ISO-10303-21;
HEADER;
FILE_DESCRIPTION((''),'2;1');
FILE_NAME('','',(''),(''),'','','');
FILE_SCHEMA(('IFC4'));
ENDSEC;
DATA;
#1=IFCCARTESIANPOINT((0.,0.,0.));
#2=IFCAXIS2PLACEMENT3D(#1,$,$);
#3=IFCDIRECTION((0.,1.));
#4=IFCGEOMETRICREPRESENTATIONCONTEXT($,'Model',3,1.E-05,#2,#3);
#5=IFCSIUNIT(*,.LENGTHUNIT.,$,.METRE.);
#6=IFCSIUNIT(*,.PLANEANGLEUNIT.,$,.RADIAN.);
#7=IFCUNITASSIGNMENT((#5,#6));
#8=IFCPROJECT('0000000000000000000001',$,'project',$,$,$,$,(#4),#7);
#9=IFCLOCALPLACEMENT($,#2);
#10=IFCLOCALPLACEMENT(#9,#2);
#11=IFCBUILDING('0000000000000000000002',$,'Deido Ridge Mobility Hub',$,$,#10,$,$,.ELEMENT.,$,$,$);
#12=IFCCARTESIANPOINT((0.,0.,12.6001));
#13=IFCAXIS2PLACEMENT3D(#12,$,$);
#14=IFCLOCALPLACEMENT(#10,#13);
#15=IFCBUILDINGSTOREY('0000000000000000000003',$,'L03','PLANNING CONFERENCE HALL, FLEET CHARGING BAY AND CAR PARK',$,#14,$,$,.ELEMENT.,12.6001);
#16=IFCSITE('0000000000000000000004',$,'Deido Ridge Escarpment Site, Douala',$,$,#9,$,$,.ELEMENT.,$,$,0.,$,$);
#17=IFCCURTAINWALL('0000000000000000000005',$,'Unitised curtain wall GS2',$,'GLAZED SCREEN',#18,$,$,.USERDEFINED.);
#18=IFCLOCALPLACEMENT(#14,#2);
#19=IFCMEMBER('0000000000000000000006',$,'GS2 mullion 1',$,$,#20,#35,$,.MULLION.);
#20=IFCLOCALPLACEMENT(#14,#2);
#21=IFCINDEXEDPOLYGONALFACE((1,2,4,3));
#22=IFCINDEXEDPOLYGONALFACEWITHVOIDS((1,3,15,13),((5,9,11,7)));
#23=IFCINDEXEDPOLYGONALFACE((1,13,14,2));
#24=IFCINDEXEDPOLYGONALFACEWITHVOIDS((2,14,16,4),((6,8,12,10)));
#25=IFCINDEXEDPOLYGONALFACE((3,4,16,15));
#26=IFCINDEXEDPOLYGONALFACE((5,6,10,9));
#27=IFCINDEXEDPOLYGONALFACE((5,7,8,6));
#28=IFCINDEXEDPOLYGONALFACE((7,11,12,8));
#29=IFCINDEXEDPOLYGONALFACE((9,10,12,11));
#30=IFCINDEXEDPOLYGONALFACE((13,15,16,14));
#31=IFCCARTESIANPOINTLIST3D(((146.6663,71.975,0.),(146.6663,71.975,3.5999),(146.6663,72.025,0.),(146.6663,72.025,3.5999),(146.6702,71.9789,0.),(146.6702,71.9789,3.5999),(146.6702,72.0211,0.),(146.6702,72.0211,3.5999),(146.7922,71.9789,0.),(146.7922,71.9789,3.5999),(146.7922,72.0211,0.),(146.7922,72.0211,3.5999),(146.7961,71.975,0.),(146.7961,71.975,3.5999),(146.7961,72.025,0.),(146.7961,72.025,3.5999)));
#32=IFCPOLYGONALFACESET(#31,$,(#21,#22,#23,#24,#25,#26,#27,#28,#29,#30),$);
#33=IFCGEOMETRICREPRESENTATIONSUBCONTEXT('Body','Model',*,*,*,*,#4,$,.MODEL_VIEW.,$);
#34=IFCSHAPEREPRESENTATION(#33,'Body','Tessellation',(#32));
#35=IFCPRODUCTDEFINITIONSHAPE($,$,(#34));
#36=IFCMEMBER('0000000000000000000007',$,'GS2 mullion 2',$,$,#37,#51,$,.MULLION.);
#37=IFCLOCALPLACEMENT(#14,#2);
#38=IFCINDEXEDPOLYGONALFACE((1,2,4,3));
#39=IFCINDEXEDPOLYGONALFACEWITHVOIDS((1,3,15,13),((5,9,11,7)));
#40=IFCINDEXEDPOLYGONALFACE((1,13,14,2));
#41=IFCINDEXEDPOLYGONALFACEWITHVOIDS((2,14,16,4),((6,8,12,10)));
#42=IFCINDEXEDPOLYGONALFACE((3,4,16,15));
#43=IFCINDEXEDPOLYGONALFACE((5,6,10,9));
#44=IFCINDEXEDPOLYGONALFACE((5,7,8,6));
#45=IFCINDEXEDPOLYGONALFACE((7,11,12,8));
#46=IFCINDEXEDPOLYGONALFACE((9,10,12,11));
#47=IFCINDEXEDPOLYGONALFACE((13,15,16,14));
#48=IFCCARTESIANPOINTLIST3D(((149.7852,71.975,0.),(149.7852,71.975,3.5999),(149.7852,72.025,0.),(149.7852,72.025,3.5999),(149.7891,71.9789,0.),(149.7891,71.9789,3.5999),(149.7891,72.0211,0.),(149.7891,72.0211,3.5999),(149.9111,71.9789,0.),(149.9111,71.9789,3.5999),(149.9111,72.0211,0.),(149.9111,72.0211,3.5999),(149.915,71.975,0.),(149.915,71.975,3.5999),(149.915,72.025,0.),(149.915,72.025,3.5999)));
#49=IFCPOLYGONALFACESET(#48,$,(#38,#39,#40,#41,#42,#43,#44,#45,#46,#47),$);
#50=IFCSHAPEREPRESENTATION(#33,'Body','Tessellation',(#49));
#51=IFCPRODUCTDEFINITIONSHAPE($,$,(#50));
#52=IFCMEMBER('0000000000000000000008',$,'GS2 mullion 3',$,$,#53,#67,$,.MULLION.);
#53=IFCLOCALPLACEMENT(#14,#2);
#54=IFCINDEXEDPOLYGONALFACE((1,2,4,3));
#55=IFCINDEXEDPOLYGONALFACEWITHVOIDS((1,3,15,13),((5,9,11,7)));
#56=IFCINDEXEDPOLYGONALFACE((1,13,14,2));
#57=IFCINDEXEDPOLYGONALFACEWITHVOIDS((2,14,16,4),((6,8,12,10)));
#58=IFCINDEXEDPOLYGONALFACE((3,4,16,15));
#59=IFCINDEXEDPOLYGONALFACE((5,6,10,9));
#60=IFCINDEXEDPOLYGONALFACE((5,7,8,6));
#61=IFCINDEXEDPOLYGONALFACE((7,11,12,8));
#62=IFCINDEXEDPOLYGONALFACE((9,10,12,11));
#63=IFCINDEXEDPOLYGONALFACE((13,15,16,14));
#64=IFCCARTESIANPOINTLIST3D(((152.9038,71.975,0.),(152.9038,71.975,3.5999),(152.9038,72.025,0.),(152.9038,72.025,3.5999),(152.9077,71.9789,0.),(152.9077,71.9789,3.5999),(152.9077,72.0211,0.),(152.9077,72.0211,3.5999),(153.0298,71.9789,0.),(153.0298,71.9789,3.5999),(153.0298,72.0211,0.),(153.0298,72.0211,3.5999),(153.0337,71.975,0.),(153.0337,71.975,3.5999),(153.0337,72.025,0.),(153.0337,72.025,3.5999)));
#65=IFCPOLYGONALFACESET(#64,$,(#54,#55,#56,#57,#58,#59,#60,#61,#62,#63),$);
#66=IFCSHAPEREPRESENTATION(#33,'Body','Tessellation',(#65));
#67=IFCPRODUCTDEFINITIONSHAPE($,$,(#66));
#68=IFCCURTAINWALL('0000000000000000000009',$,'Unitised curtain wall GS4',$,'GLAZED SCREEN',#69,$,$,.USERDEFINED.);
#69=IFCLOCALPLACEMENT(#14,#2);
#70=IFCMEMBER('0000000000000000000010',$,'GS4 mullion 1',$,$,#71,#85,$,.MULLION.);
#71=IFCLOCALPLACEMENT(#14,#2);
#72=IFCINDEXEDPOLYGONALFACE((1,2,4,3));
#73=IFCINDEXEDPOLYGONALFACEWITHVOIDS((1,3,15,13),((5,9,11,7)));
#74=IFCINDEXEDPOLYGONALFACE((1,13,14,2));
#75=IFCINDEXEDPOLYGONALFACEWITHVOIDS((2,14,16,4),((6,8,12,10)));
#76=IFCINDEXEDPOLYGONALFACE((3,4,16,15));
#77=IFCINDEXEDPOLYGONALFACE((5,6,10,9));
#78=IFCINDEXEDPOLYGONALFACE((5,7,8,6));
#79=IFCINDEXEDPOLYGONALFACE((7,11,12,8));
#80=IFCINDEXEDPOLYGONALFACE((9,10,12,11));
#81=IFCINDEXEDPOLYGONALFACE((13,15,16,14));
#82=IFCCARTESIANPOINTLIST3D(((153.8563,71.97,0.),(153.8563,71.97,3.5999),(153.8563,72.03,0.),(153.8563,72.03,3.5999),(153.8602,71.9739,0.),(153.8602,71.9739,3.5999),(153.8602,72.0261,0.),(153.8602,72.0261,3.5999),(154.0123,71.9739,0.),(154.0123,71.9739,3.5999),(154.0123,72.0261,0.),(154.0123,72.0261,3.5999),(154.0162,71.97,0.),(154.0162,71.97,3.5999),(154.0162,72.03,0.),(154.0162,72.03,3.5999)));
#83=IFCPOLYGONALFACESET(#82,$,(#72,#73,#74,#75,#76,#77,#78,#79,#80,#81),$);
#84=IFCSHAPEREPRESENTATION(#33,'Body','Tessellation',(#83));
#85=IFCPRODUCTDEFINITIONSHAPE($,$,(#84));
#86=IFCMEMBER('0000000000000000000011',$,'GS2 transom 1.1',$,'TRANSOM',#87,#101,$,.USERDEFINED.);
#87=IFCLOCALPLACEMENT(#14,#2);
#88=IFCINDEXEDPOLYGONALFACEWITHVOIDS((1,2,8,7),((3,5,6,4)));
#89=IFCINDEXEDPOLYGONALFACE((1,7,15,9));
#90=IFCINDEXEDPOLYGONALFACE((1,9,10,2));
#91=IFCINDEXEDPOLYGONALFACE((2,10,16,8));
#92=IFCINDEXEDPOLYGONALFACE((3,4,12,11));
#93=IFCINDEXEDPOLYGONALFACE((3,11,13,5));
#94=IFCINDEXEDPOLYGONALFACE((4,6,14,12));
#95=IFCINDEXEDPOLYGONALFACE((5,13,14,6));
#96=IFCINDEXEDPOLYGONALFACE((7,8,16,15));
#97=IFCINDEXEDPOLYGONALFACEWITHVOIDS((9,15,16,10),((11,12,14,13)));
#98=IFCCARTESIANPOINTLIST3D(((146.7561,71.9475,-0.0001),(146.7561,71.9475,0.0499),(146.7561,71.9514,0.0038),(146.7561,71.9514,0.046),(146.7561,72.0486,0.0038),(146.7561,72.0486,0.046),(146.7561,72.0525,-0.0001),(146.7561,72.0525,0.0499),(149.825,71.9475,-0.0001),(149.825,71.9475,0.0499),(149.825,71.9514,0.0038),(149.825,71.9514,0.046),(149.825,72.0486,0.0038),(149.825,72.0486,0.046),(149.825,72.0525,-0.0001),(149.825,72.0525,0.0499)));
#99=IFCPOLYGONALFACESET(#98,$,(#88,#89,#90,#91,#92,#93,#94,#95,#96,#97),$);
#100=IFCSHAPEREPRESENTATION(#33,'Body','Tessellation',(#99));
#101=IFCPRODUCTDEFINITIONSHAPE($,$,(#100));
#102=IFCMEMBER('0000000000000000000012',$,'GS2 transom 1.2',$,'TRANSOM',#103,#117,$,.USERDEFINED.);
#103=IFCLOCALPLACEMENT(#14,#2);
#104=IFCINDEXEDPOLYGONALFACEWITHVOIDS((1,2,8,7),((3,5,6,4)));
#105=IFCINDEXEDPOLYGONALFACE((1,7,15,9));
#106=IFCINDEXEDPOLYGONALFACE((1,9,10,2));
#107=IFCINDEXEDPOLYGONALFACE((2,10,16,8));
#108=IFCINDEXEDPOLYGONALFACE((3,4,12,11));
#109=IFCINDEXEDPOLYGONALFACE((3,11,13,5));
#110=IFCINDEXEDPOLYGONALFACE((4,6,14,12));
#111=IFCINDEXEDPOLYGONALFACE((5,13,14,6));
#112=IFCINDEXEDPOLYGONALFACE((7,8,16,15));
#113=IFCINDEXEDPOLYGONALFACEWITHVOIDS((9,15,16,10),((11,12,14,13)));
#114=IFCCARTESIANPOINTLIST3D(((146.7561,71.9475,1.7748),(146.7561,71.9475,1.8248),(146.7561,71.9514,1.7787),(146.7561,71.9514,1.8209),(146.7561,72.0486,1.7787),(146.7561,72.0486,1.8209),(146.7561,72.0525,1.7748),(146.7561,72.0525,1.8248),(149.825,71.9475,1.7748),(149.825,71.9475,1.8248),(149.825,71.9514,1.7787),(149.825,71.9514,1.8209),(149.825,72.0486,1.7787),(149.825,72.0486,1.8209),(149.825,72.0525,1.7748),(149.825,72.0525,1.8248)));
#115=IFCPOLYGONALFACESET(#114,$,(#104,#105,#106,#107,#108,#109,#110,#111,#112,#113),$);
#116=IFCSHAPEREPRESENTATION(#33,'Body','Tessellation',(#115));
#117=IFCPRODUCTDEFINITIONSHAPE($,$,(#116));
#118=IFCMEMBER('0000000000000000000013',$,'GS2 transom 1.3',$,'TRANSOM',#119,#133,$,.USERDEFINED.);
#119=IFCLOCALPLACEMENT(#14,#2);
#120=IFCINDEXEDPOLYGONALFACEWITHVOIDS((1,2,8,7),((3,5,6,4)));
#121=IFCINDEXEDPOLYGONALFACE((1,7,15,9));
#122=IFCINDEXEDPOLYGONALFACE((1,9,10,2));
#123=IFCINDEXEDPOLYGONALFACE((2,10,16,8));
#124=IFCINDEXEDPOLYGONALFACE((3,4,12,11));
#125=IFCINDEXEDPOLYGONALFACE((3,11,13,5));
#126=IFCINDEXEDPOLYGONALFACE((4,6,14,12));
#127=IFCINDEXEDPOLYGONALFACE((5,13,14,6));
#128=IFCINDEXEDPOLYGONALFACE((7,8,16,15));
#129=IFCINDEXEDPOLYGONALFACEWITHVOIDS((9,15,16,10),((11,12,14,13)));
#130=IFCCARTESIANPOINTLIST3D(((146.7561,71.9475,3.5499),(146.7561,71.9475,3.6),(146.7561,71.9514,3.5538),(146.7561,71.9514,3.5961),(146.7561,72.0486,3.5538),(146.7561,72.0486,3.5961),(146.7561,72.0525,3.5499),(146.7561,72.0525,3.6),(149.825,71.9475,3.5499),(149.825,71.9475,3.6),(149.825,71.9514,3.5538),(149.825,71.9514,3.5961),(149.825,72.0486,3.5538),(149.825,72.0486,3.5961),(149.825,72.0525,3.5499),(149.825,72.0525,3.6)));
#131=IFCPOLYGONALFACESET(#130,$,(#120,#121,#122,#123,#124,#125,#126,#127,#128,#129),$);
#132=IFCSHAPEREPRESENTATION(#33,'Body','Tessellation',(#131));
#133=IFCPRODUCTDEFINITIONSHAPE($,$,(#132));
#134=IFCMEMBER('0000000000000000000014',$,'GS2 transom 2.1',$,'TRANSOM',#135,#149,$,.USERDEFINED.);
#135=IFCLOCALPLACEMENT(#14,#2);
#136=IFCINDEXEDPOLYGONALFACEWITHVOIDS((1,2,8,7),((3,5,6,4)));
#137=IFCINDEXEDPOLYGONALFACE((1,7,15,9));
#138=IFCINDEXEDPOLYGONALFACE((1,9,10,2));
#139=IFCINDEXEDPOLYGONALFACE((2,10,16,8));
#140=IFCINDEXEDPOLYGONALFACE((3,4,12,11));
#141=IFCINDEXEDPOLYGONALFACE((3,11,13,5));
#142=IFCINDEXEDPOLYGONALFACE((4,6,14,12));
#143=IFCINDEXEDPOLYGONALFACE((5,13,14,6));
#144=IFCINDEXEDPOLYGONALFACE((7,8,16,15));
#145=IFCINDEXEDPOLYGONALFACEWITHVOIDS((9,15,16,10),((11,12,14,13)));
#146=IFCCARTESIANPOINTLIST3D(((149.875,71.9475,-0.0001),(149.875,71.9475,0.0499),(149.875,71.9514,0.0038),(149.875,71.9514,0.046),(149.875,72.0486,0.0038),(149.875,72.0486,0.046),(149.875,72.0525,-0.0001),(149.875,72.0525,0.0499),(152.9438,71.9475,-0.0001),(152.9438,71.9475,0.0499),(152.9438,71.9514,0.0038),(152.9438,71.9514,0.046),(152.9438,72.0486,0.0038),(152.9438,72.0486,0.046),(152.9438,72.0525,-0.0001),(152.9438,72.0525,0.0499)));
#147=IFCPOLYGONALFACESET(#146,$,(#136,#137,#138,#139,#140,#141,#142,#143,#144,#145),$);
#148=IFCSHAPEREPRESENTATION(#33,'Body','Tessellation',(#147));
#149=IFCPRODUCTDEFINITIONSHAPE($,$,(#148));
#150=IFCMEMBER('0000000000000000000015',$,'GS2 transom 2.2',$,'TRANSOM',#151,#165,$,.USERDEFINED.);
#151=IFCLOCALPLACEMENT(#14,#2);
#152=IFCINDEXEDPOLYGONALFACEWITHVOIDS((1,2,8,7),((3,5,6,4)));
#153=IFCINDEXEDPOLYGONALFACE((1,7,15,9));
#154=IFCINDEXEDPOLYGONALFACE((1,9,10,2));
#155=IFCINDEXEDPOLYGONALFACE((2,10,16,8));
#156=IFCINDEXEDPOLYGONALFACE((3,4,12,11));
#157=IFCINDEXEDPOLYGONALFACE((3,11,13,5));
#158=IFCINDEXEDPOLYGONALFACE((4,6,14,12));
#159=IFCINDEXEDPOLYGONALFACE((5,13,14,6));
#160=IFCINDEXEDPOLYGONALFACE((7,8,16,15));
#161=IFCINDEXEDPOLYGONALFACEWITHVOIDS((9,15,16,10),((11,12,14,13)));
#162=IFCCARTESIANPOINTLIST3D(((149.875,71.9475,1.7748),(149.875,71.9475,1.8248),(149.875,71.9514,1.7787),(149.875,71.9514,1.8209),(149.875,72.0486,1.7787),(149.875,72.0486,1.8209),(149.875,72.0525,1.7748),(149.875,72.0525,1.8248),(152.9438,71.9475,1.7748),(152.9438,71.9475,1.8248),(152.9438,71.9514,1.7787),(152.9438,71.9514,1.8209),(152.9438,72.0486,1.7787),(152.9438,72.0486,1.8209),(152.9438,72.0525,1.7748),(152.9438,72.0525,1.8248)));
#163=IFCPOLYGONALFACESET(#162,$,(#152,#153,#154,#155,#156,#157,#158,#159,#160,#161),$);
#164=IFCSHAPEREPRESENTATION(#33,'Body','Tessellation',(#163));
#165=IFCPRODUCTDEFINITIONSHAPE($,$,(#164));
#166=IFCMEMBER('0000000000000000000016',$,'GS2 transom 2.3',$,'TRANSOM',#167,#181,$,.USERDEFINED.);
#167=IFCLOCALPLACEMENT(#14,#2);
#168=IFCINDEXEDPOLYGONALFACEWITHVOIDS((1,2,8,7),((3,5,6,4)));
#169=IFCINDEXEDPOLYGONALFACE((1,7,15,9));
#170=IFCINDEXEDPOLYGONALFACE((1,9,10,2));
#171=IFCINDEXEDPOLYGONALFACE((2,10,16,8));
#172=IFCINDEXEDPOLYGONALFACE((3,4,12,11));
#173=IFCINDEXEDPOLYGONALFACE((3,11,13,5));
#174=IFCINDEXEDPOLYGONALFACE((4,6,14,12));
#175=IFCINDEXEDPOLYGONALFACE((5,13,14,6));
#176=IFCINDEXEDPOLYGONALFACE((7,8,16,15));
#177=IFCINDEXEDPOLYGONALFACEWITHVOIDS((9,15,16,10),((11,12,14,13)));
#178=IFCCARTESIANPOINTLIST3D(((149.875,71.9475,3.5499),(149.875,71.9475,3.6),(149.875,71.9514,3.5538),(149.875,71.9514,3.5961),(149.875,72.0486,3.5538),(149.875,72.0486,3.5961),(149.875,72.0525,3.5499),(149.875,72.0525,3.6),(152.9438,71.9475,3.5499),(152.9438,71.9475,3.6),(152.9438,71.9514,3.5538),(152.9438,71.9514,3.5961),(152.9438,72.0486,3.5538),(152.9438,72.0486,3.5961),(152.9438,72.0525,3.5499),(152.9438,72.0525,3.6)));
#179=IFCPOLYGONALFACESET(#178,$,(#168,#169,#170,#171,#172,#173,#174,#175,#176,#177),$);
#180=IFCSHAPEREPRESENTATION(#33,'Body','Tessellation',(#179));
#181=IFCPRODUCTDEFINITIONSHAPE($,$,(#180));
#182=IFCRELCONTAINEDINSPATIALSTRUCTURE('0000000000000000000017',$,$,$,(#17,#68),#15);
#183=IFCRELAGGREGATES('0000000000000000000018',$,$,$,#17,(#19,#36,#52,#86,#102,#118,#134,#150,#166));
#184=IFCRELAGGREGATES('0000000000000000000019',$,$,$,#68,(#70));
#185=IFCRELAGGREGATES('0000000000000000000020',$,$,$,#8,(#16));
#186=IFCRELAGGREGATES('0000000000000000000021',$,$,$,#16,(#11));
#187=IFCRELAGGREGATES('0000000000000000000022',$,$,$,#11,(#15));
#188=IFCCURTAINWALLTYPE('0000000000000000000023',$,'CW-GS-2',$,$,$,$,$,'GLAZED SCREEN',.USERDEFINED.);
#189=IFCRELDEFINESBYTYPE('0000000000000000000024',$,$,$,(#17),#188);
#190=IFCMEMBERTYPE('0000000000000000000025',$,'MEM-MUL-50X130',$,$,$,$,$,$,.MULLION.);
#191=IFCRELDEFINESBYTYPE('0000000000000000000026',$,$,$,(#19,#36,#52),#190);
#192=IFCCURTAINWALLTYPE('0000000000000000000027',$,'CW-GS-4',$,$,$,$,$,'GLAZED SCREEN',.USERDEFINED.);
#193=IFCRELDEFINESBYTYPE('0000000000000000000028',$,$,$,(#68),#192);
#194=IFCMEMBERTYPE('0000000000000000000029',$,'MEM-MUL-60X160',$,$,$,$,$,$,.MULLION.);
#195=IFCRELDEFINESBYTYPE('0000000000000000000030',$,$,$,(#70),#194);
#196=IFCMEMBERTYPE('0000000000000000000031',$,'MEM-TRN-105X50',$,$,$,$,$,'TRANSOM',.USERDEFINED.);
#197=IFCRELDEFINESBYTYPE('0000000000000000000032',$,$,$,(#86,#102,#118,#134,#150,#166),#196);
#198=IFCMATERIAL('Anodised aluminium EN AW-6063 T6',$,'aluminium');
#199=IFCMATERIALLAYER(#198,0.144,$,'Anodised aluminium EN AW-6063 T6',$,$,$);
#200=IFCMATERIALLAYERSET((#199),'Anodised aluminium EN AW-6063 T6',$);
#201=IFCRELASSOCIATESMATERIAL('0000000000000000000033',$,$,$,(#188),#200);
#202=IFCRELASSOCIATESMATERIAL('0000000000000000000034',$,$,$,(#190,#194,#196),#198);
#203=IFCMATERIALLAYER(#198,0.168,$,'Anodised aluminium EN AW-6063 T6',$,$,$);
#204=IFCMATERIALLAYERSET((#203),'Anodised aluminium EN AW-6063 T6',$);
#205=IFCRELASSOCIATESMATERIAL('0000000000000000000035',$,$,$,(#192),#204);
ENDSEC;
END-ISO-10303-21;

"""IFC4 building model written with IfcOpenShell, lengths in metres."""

from ifc_helpers import new_model, si_unit, direction, frame, origin, origin_2d, place, context, subcontext, project, spatial, hollow_rectangle, extrude, material, layer, layer_set, material_profile, profile_set, type_object, element, aggregate, save


model = new_model("IFC4")

# Units and contexts
model_context = context("Model", 3, precision=1e-05, world=origin(), true_north=direction((0.0, 1.0)))
body_context = subcontext(model_context, "Body", "Model", "MODEL_VIEW")
ifc_project = project(units=[si_unit("LENGTHUNIT", "METRE"), si_unit("PLANEANGLEUNIT", "RADIAN")], contexts=[model_context])

# Site, building, storey
site_placement = place(None, origin())
site = spatial("IfcSite", under=ifc_project, at=site_placement, Name="Deido Ridge Escarpment Site, Douala", CompositionType="ELEMENT", RefElevation=0.0)
building_placement = place(site_placement, origin())
building = spatial("IfcBuilding", under=site, at=building_placement, Name="Deido Ridge Mobility Hub", CompositionType="ELEMENT")
storey_placement = place(building_placement, frame((0.0, 0.0, 12.6001)))
storey = spatial("IfcBuildingStorey", under=building, at=storey_placement, Name="L03", Description="PLANNING CONFERENCE HALL, FLEET CHARGING BAY AND CAR PARK", CompositionType="ELEMENT", Elevation=12.6001)

# Curtain wall, members
ifc_material_1 = material(Name="Anodised aluminium EN AW-6063 T6", Category="aluminium")
ifc_layer_1 = layer(ifc_material_1, 0.144, Name="Anodised aluminium EN AW-6063 T6")
ifc_layer_set_1 = layer_set([ifc_layer_1], Name="Anodised aluminium EN AW-6063 T6")
curtain_wall_type_1 = type_object("IfcCurtainWallType", Name="CW-GS-2", ElementType="GLAZED SCREEN", PredefinedType="USERDEFINED", material=ifc_layer_set_1)
curtain_wall_1_placement = place(storey_placement, origin())
curtain_wall_1 = element("IfcCurtainWall", 1, at=curtain_wall_1_placement, inside=storey, type_object=curtain_wall_type_1, Name="Unitised curtain wall GS2", ObjectType="GLAZED SCREEN", PredefinedType="USERDEFINED")
ifc_material_profile_1 = material_profile(ifc_material_1, hollow_rectangle(XDim=0.05, YDim=0.1299, WallThickness=0.0039, at=origin_2d()), Name="RHS 50x130x4")
ifc_profile_set_1 = profile_set([ifc_material_profile_1], Name="Anodised aluminium EN AW-6063 T6")
member_type_1 = type_object("IfcMemberType", Name="MEM-MUL-50X130", PredefinedType="MULLION", material=ifc_profile_set_1)
member_1_placement = place(storey_placement, frame((146.7312, 72.0, 0.0), z_axis=(0.0, 0.0, 1.0), x_axis=(0.0, 1.0, 0.0)))
member_1 = element("IfcMember", 2, at=member_1_placement, type_object=member_type_1, Name="GS2 mullion 1", PredefinedType="MULLION", context=body_context, shape_type="SweptSolid", body=[
    extrude(hollow_rectangle(XDim=0.05, YDim=0.1299, WallThickness=0.0039, at=origin_2d()), origin(), (0.0, 0.0, 1.0), 3.5999),
])
member_2_placement = place(storey_placement, frame((149.8501, 72.0, 0.0), z_axis=(0.0, 0.0, 1.0), x_axis=(0.0, 1.0, 0.0)))
member_2 = element("IfcMember", 3, at=member_2_placement, type_object=member_type_1, Name="GS2 mullion 2", PredefinedType="MULLION", context=body_context, shape_type="SweptSolid", body=[
    extrude(hollow_rectangle(XDim=0.05, YDim=0.1299, WallThickness=0.0039, at=origin_2d()), origin(), (0.0, 0.0, 1.0), 3.5999),
])
member_3_placement = place(storey_placement, frame((152.9688, 72.0, 0.0), z_axis=(0.0, 0.0, 1.0), x_axis=(0.0, 1.0, 0.0)))
member_3 = element("IfcMember", 4, at=member_3_placement, type_object=member_type_1, Name="GS2 mullion 3", PredefinedType="MULLION", context=body_context, shape_type="SweptSolid", body=[
    extrude(hollow_rectangle(XDim=0.05, YDim=0.1299, WallThickness=0.0039, at=origin_2d()), origin(), (0.0, 0.0, 1.0), 3.5999),
])

# Curtain wall, member
ifc_layer_2 = layer(ifc_material_1, 0.168, Name="Anodised aluminium EN AW-6063 T6")
ifc_layer_set_2 = layer_set([ifc_layer_2], Name="Anodised aluminium EN AW-6063 T6")
curtain_wall_type_2 = type_object("IfcCurtainWallType", Name="CW-GS-4", ElementType="GLAZED SCREEN", PredefinedType="USERDEFINED", material=ifc_layer_set_2)
curtain_wall_2_placement = place(storey_placement, origin())
curtain_wall_2 = element("IfcCurtainWall", 5, at=curtain_wall_2_placement, inside=storey, type_object=curtain_wall_type_2, Name="Unitised curtain wall GS4", ObjectType="GLAZED SCREEN", PredefinedType="USERDEFINED")
ifc_material_profile_2 = material_profile(ifc_material_1, hollow_rectangle(XDim=0.0601, YDim=0.1599, WallThickness=0.0039, at=origin_2d()), Name="RHS 60x160x4")
ifc_profile_set_2 = profile_set([ifc_material_profile_2], Name="Anodised aluminium EN AW-6063 T6")
member_type_2 = type_object("IfcMemberType", Name="MEM-MUL-60X160", PredefinedType="MULLION", material=ifc_profile_set_2)
member_4_placement = place(storey_placement, frame((153.9363, 72.0, 0.0), z_axis=(0.0, 0.0, 1.0), x_axis=(0.0, 1.0, 0.0)))
member_4 = element("IfcMember", 6, at=member_4_placement, type_object=member_type_2, Name="GS4 mullion 1", PredefinedType="MULLION", context=body_context, shape_type="SweptSolid", body=[
    extrude(hollow_rectangle(XDim=0.0601, YDim=0.1599, WallThickness=0.0039, at=origin_2d()), origin(), (0.0, 0.0, 1.0), 3.5999),
])

# Members
ifc_material_profile_3 = material_profile(ifc_material_1, hollow_rectangle(XDim=0.105, YDim=0.05, WallThickness=0.0039, at=origin_2d()), Name="RHS 105x50x4")
ifc_profile_set_3 = profile_set([ifc_material_profile_3], Name="Anodised aluminium EN AW-6063 T6")
member_type_3 = type_object("IfcMemberType", Name="MEM-TRN-105X50", ElementType="TRANSOM", PredefinedType="USERDEFINED", material=ifc_profile_set_3)
member_5_placement = place(storey_placement, frame((146.7561, 72.0, 0.0249), z_axis=(1.0, 0.0, 0.0), x_axis=(0.0, 1.0, 0.0)))
member_5 = element("IfcMember", 7, at=member_5_placement, type_object=member_type_3, Name="GS2 transom 1.1", ObjectType="TRANSOM", PredefinedType="USERDEFINED", context=body_context, shape_type="SweptSolid", body=[
    extrude(hollow_rectangle(XDim=0.105, YDim=0.05, WallThickness=0.0039, at=origin_2d()), origin(), (0.0, 0.0, 1.0), 3.0688),
])
member_6_placement = place(storey_placement, frame((146.7561, 72.0, 1.7998), z_axis=(1.0, 0.0, 0.0), x_axis=(0.0, 1.0, 0.0)))
member_6 = element("IfcMember", 8, at=member_6_placement, type_object=member_type_3, Name="GS2 transom 1.2", ObjectType="TRANSOM", PredefinedType="USERDEFINED", context=body_context, shape_type="SweptSolid", body=[
    extrude(hollow_rectangle(XDim=0.105, YDim=0.05, WallThickness=0.0039, at=origin_2d()), origin(), (0.0, 0.0, 1.0), 3.0688),
])
member_7_placement = place(storey_placement, frame((146.7561, 72.0, 3.575), z_axis=(1.0, 0.0, 0.0), x_axis=(0.0, 1.0, 0.0)))
member_7 = element("IfcMember", 9, at=member_7_placement, type_object=member_type_3, Name="GS2 transom 1.3", ObjectType="TRANSOM", PredefinedType="USERDEFINED", context=body_context, shape_type="SweptSolid", body=[
    extrude(hollow_rectangle(XDim=0.105, YDim=0.05, WallThickness=0.0039, at=origin_2d()), origin(), (0.0, 0.0, 1.0), 3.0688),
])
member_8_placement = place(storey_placement, frame((149.875, 72.0, 0.0249), z_axis=(1.0, 0.0, 0.0), x_axis=(0.0, 1.0, 0.0)))
member_8 = element("IfcMember", 10, at=member_8_placement, type_object=member_type_3, Name="GS2 transom 2.1", ObjectType="TRANSOM", PredefinedType="USERDEFINED", context=body_context, shape_type="SweptSolid", body=[
    extrude(hollow_rectangle(XDim=0.105, YDim=0.05, WallThickness=0.0039, at=origin_2d()), origin(), (0.0, 0.0, 1.0), 3.0688),
])
member_9_placement = place(storey_placement, frame((149.875, 72.0, 1.7998), z_axis=(1.0, 0.0, 0.0), x_axis=(0.0, 1.0, 0.0)))
member_9 = element("IfcMember", 11, at=member_9_placement, type_object=member_type_3, Name="GS2 transom 2.2", ObjectType="TRANSOM", PredefinedType="USERDEFINED", context=body_context, shape_type="SweptSolid", body=[
    extrude(hollow_rectangle(XDim=0.105, YDim=0.05, WallThickness=0.0039, at=origin_2d()), origin(), (0.0, 0.0, 1.0), 3.0688),
])
member_10_placement = place(storey_placement, frame((149.875, 72.0, 3.575), z_axis=(1.0, 0.0, 0.0), x_axis=(0.0, 1.0, 0.0)))
member_10 = element("IfcMember", 12, at=member_10_placement, type_object=member_type_3, Name="GS2 transom 2.3", ObjectType="TRANSOM", PredefinedType="USERDEFINED", context=body_context, shape_type="SweptSolid", body=[
    extrude(hollow_rectangle(XDim=0.105, YDim=0.05, WallThickness=0.0039, at=origin_2d()), origin(), (0.0, 0.0, 1.0), 3.0688),
])

aggregate(curtain_wall_1, [member_1, member_2, member_3, member_5, member_6, member_7, member_8, member_9, member_10])
aggregate(curtain_wall_2, [member_4])

save(model, "model.ifc")
